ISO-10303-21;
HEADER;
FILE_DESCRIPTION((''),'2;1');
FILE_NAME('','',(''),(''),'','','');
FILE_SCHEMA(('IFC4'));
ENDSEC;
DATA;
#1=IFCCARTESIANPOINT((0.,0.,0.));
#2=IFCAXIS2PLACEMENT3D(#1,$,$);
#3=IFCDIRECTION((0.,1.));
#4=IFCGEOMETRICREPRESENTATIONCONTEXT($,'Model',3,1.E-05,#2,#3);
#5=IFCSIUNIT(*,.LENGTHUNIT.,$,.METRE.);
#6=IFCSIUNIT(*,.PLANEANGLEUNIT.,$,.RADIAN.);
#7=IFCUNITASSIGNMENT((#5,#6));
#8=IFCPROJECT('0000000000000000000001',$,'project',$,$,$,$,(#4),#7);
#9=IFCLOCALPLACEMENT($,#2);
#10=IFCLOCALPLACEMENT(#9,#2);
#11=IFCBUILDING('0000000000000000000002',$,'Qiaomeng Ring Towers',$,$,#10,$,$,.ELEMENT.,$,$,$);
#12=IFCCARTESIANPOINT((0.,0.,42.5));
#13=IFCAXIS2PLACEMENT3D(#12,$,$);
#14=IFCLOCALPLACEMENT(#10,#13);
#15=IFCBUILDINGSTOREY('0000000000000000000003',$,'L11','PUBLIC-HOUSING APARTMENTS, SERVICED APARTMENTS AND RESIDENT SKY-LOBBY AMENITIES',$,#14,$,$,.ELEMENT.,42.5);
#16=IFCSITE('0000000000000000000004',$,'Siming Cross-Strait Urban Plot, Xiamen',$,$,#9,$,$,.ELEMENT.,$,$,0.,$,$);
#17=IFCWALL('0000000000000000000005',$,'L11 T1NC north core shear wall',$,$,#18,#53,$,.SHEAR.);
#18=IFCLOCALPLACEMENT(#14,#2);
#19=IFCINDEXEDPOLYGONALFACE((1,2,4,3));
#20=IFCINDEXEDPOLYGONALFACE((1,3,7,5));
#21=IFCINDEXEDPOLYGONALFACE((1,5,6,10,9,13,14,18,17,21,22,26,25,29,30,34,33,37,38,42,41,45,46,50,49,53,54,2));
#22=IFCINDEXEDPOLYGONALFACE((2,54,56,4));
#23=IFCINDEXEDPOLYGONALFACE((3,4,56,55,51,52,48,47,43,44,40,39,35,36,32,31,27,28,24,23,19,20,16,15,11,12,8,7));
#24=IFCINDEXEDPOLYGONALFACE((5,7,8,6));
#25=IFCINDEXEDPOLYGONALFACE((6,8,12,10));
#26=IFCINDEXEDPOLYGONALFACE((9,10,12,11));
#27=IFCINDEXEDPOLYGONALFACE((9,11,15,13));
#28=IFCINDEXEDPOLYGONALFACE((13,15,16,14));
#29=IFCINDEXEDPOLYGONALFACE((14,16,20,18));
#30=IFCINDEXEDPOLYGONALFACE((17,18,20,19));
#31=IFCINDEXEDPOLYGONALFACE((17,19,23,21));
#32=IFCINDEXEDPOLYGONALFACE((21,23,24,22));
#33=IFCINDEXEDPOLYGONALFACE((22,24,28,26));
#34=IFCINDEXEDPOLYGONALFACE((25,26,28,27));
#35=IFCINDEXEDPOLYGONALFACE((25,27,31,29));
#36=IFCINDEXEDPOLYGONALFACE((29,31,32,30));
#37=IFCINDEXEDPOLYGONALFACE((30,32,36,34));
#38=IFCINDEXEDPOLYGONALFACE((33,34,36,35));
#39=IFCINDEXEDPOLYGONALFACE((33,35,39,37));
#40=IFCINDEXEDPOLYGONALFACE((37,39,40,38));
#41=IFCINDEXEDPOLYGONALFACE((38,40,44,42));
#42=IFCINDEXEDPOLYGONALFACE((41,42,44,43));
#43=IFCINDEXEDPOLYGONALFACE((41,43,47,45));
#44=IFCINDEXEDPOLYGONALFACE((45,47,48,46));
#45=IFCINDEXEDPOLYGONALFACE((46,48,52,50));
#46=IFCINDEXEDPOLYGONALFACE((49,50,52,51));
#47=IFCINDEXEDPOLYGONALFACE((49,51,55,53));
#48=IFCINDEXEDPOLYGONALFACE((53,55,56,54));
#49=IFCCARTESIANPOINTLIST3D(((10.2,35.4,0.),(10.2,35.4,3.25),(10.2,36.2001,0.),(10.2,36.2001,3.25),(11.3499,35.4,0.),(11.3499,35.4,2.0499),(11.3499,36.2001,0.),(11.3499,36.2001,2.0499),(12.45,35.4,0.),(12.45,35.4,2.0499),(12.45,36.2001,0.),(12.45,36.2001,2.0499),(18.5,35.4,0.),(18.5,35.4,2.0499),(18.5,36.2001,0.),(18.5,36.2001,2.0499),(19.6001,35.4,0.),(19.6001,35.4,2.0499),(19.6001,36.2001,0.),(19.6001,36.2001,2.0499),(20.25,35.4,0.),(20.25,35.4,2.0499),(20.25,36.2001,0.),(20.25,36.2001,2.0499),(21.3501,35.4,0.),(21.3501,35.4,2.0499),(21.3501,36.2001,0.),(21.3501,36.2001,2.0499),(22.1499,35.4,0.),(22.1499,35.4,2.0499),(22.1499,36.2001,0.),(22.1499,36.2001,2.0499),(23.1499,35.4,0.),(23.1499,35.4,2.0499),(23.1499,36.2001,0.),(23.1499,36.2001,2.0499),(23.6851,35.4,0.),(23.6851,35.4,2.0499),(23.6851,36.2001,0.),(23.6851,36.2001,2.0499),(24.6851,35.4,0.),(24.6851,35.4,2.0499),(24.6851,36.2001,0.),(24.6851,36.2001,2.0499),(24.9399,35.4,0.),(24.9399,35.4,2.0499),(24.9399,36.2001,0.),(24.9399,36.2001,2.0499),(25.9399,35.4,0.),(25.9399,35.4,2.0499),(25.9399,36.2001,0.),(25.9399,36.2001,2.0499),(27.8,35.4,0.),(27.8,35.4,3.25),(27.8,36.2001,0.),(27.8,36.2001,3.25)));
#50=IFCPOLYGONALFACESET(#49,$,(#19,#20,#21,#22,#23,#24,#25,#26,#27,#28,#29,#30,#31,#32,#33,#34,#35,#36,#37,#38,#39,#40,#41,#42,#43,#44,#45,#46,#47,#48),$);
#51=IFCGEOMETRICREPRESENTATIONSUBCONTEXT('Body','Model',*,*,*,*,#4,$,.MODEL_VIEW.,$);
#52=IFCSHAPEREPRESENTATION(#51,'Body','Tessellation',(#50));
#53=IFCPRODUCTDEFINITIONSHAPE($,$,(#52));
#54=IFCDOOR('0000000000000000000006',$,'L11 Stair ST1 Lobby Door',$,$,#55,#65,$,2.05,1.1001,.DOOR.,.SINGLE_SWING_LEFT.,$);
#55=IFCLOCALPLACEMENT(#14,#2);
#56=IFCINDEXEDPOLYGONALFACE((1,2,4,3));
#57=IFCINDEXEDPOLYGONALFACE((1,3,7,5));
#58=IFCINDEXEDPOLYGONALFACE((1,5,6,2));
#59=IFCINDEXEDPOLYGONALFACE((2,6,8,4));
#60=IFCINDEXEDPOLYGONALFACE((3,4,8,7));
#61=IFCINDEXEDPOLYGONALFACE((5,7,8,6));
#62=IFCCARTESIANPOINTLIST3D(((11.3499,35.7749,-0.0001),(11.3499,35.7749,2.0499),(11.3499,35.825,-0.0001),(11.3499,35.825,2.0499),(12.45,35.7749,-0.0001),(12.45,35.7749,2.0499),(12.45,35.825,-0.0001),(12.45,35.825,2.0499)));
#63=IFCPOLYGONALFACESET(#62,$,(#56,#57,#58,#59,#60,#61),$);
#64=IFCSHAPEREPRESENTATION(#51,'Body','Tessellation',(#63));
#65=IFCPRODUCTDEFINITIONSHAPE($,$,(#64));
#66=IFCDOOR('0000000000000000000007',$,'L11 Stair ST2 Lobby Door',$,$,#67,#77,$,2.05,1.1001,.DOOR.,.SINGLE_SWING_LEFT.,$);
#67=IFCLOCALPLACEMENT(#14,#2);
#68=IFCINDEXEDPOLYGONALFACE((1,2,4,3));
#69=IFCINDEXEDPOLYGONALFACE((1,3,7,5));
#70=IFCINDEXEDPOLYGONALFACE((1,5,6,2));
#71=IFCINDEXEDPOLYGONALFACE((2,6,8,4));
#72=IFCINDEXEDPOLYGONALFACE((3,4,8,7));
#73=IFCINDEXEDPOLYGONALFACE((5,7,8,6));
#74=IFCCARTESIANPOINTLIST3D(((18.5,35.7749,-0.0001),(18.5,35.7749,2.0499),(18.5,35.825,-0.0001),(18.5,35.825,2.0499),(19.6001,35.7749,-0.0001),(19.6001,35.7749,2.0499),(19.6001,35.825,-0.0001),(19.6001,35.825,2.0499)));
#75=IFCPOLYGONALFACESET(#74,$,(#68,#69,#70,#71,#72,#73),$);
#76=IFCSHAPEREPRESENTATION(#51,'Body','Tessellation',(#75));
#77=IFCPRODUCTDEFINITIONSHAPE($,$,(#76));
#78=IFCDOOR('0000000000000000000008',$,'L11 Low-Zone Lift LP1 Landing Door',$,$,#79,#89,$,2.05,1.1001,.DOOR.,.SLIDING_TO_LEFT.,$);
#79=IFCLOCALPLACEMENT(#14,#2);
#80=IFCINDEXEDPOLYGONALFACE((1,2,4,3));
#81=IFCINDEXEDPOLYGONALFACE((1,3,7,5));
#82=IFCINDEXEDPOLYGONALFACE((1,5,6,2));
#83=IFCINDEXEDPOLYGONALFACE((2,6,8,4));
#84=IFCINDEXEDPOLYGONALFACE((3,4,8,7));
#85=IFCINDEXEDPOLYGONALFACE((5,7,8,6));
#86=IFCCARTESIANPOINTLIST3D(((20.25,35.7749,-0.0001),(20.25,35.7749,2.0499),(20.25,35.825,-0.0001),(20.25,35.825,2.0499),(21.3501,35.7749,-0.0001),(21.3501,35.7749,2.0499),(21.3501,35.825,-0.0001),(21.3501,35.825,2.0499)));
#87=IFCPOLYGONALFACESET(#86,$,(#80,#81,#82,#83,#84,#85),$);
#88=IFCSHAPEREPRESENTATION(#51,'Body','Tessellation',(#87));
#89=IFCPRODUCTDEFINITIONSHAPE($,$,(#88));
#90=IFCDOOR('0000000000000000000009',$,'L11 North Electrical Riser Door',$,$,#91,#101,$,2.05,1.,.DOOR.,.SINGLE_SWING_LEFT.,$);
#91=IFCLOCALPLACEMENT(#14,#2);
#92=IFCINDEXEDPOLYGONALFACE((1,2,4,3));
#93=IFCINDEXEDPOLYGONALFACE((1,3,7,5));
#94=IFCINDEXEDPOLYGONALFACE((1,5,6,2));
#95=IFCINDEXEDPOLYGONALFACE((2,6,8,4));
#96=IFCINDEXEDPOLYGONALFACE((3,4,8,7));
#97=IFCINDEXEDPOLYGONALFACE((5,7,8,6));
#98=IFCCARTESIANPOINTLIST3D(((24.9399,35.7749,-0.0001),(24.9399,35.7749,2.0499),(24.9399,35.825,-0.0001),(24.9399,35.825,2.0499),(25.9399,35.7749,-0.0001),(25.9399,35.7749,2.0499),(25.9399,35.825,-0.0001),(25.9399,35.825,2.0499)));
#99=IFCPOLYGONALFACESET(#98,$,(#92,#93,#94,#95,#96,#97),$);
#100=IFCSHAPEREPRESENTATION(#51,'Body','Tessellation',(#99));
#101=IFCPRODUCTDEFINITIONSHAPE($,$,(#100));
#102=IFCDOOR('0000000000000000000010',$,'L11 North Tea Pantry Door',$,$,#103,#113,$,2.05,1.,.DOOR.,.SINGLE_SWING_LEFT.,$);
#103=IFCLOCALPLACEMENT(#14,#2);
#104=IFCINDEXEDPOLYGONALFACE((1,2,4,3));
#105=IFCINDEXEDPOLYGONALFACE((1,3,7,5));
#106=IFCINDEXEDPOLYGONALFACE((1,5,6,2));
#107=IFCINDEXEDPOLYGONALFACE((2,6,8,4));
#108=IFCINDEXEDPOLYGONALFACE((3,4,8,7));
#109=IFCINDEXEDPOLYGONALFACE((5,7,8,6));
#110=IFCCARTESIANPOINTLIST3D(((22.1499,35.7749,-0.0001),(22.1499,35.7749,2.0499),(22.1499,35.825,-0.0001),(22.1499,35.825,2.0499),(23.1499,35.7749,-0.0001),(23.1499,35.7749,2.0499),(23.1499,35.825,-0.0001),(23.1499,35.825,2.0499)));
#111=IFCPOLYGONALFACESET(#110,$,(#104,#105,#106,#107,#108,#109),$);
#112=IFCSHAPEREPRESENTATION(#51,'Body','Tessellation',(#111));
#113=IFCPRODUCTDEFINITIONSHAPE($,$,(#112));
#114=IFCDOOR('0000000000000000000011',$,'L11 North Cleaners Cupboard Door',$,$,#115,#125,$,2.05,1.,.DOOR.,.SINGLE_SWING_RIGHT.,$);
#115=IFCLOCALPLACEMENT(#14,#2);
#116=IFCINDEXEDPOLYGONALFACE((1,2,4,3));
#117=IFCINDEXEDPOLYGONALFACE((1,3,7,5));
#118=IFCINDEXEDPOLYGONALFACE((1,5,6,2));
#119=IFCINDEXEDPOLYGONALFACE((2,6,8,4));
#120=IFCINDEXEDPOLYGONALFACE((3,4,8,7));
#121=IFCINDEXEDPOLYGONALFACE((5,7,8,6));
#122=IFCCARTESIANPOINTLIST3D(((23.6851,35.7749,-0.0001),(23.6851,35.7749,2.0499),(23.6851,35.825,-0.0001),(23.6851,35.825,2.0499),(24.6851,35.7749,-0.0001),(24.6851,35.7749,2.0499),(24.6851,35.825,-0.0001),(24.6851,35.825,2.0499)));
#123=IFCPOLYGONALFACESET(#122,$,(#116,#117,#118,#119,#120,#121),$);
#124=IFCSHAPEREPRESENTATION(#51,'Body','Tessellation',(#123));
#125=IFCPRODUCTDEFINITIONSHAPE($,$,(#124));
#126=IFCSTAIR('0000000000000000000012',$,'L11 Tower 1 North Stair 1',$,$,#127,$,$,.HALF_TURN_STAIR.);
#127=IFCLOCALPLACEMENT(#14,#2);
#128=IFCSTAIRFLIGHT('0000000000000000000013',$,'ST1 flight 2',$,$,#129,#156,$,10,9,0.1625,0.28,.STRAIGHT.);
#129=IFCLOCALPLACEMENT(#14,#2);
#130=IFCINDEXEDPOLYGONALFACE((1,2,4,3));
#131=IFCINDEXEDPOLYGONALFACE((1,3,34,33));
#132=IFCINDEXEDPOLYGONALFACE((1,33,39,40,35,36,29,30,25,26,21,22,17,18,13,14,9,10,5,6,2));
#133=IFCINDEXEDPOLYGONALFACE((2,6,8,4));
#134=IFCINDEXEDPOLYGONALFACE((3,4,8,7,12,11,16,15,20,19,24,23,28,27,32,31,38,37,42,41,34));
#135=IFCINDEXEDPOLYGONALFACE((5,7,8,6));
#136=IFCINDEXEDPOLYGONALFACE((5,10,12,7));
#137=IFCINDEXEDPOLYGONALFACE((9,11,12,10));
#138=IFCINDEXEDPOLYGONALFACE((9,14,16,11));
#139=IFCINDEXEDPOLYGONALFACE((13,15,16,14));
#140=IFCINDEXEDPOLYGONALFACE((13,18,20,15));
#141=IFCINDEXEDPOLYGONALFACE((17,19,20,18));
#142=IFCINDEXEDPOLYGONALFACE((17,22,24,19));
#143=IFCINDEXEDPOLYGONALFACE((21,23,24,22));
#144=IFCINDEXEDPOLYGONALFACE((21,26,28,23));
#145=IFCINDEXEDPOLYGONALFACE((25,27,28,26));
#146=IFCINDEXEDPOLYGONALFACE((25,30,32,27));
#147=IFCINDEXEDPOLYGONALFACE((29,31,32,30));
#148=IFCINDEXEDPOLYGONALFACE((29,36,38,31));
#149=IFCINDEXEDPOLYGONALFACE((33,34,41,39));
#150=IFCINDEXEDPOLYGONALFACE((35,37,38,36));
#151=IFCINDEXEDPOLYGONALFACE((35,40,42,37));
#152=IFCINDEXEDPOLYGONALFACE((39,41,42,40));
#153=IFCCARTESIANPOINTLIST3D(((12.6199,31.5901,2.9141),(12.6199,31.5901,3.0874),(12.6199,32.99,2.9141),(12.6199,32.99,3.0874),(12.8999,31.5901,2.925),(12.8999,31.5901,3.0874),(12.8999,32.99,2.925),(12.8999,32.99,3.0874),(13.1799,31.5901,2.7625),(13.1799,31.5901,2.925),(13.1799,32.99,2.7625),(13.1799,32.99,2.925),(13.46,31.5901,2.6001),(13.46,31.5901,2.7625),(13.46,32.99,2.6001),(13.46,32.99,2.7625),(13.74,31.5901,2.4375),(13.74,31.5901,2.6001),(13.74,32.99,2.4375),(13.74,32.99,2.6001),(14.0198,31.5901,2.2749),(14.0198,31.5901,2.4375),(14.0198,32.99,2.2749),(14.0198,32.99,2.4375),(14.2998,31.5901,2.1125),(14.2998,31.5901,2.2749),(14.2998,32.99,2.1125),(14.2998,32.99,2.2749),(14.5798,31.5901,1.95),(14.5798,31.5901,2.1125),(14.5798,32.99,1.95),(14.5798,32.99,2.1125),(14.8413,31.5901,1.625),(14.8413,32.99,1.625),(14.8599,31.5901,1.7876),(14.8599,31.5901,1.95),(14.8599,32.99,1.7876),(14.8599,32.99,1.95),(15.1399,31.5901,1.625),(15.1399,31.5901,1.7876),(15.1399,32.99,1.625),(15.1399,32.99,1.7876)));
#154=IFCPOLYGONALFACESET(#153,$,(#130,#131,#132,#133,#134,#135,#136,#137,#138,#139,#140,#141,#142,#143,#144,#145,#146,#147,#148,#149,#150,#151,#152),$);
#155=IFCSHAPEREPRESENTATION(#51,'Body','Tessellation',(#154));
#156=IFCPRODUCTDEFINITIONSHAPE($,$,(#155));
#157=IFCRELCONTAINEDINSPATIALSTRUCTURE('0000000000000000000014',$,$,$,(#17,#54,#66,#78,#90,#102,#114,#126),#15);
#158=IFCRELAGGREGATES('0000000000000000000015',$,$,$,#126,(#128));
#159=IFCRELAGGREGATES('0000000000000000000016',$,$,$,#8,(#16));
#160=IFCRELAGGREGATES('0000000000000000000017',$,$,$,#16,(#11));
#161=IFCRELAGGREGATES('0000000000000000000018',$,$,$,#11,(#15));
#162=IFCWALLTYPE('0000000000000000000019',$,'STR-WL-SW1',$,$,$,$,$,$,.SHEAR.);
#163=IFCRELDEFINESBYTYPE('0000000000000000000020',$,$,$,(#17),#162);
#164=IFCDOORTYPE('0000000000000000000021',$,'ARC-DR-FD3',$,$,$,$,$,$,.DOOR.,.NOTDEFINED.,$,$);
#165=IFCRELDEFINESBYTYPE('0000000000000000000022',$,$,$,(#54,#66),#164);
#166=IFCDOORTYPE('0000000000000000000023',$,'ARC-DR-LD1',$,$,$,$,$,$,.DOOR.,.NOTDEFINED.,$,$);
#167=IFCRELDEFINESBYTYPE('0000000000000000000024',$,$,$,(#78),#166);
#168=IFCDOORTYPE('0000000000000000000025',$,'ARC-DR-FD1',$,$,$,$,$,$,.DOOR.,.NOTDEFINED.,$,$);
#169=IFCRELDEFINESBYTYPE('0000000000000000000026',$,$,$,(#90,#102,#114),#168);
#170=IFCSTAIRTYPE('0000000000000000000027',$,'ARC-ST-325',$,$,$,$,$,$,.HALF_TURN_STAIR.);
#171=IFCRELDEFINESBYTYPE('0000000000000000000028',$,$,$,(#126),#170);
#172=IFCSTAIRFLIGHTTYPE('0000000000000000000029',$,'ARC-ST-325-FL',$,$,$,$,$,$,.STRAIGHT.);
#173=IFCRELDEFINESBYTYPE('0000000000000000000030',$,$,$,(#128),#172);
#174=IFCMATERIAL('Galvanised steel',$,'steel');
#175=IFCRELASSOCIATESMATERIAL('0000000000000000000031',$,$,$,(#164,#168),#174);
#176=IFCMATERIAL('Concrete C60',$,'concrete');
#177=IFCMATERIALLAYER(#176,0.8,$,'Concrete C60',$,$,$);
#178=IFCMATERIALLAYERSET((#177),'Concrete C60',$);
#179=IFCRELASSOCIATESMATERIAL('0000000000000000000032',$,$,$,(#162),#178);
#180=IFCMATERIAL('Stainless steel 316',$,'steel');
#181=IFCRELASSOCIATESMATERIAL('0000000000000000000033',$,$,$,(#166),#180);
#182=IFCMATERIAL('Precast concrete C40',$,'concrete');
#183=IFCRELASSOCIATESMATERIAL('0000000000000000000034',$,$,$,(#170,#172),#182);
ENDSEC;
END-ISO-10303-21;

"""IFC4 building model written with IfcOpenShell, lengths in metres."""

from ifc_helpers import new_model, si_unit, direction, frame, frame_2d, origin, place, context, subcontext, project, spatial, polyline, rectangle, outline, extrude, source, transform, mapped, material, layer, layer_set, type_object, element, fill, aggregate, save


model = new_model("IFC4")

# Units and contexts
model_context = context("Model", 3, precision=1e-05, world=origin(), true_north=direction((0.0, 1.0)))
body_context = subcontext(model_context, "Body", "Model", "MODEL_VIEW")
ifc_project = project(units=[si_unit("LENGTHUNIT", "METRE"), si_unit("PLANEANGLEUNIT", "RADIAN")], contexts=[model_context])

# Site, building, storey
site_placement = place(None, origin())
site = spatial("IfcSite", under=ifc_project, at=site_placement, Name="Siming Cross-Strait Urban Plot, Xiamen", CompositionType="ELEMENT", RefElevation=0.0)
building_placement = place(site_placement, origin())
building = spatial("IfcBuilding", under=site, at=building_placement, Name="Qiaomeng Ring Towers", CompositionType="ELEMENT")
storey_placement = place(building_placement, frame((0.0, 0.0, 42.5)))
storey = spatial("IfcBuildingStorey", under=building, at=storey_placement, Name="L11", Description="PUBLIC-HOUSING APARTMENTS, SERVICED APARTMENTS AND RESIDENT SKY-LOBBY AMENITIES", CompositionType="ELEMENT", Elevation=42.5)

# Shared definitions
shared_shape_1 = source(origin(), body_context, "Body", "SweptSolid", [
    extrude(rectangle(XDim=1.0, YDim=2.05, at=frame_2d((0.5, 1.0249))), frame((0.0, 0.0249, 0.0), z_axis=(0.0, -1.0, 0.0), x_axis=(1.0, 0.0, 0.0)), (0.0, 0.0, 1.0), 0.05),
])

# Shared definitions
ifc_material_1 = material(Name="Galvanised steel", Category="steel")
door_type_1 = type_object("IfcDoorType", Name="ARC-DR-FD3", OperationType="NOTDEFINED", PredefinedType="DOOR", material=ifc_material_1)
shared_shape_2 = source(origin(), body_context, "Body", "SweptSolid", [
    extrude(rectangle(XDim=1.1001, YDim=2.05, at=frame_2d((0.55, 1.0249))), frame((0.0, 0.0249, 0.0), z_axis=(0.0, -1.0, 0.0), x_axis=(1.0, 0.0, 0.0)), (0.0, 0.0, 1.0), 0.05),
])

# Wall, openings, doors
ifc_material_2 = material(Name="Concrete C60", Category="concrete")
ifc_layer_1 = layer(ifc_material_2, 0.8, Name="Concrete C60")
ifc_layer_set_1 = layer_set([ifc_layer_1], Name="Concrete C60")
wall_type_1 = type_object("IfcWallType", Name="STR-WL-SW1", PredefinedType="SHEAR", material=ifc_layer_set_1)
wall_1_placement = place(storey_placement, frame((10.2, 35.8, 0.0), z_axis=(0.0, 0.0, 1.0), x_axis=(1.0, 0.0, 0.0)))
wall_1 = element("IfcWall", 1, at=wall_1_placement, inside=storey, type_object=wall_type_1, Name="L11 T1NC north core shear wall", PredefinedType="SHEAR", context=body_context, shape_type="SweptSolid", body=[
    extrude(rectangle(XDim=17.6001, YDim=0.8, at=frame_2d((8.8, 0.0))), origin(), (0.0, 0.0, 1.0), 3.25),
])
opening_1_placement = place(wall_1_placement, frame((1.1499, 0.0, 0.0)))
opening_1 = element("IfcOpeningElement", 2, at=opening_1_placement, cuts=wall_1, PredefinedType="OPENING", context=body_context, shape_type="SweptSolid", body=[
    extrude(rectangle(XDim=1.1001, YDim=2.05, at=frame_2d((0.55, 1.0249))), frame((0.0, 0.4099, 0.0), z_axis=(0.0, -1.0, 0.0), x_axis=(1.0, 0.0, 0.0)), (0.0, 0.0, 1.0), 0.8201),
])
opening_2_placement = place(wall_1_placement, frame((8.3, 0.0, 0.0)))
opening_2 = element("IfcOpeningElement", 3, at=opening_2_placement, cuts=wall_1, PredefinedType="OPENING", context=body_context, shape_type="SweptSolid", body=[
    extrude(rectangle(XDim=1.1001, YDim=2.05, at=frame_2d((0.55, 1.0249))), frame((0.0, 0.4099, 0.0), z_axis=(0.0, -1.0, 0.0), x_axis=(1.0, 0.0, 0.0)), (0.0, 0.0, 1.0), 0.8201),
])
opening_3_placement = place(wall_1_placement, frame((10.05, 0.0, 0.0)))
opening_3 = element("IfcOpeningElement", 4, at=opening_3_placement, cuts=wall_1, PredefinedType="OPENING", context=body_context, shape_type="SweptSolid", body=[
    extrude(rectangle(XDim=1.1001, YDim=2.05, at=frame_2d((0.55, 1.0249))), frame((0.0, 0.4099, 0.0), z_axis=(0.0, -1.0, 0.0), x_axis=(1.0, 0.0, 0.0)), (0.0, 0.0, 1.0), 0.8201),
])
opening_4_placement = place(wall_1_placement, frame((14.74, 0.0, 0.0)))
opening_4 = element("IfcOpeningElement", 5, at=opening_4_placement, cuts=wall_1, PredefinedType="OPENING", context=body_context, shape_type="SweptSolid", body=[
    extrude(rectangle(XDim=1.0, YDim=2.05, at=frame_2d((0.5, 1.0249))), frame((0.0, 0.4099, 0.0), z_axis=(0.0, -1.0, 0.0), x_axis=(1.0, 0.0, 0.0)), (0.0, 0.0, 1.0), 0.8201),
])
opening_5_placement = place(wall_1_placement, frame((11.95, 0.0, 0.0)))
opening_5 = element("IfcOpeningElement", 6, at=opening_5_placement, cuts=wall_1, PredefinedType="OPENING", context=body_context, shape_type="SweptSolid", body=[
    extrude(rectangle(XDim=1.0, YDim=2.05, at=frame_2d((0.5, 1.0249))), frame((0.0, 0.4099, 0.0), z_axis=(0.0, -1.0, 0.0), x_axis=(1.0, 0.0, 0.0)), (0.0, 0.0, 1.0), 0.8201),
])
opening_6_placement = place(wall_1_placement, frame((13.4851, 0.0, 0.0)))
opening_6 = element("IfcOpeningElement", 7, at=opening_6_placement, cuts=wall_1, PredefinedType="OPENING", context=body_context, shape_type="SweptSolid", body=[
    extrude(rectangle(XDim=1.0, YDim=2.05, at=frame_2d((0.5, 1.0249))), frame((0.0, 0.4099, 0.0), z_axis=(0.0, -1.0, 0.0), x_axis=(1.0, 0.0, 0.0)), (0.0, 0.0, 1.0), 0.8201),
])
door_1_placement = place(opening_1_placement, origin())
door_1 = element("IfcDoor", 8, at=door_1_placement, inside=storey, type_object=door_type_1, Name="L11 Stair ST1 Lobby Door", OperationType="SINGLE_SWING_LEFT", OverallHeight=2.05, OverallWidth=1.1001, PredefinedType="DOOR", context=body_context, shape_type="MappedRepresentation", body=[
    mapped(shared_shape_2, transform((0.0, 0.0, 0.0), x_axis=(1.0, 0.0, 0.0), y_axis=(0.0, 1.0, 0.0), z_axis=(0.0, 0.0, 1.0), scale=1.0)),
])
fill(opening_1, door_1)
door_2_placement = place(opening_2_placement, origin())
door_2 = element("IfcDoor", 9, at=door_2_placement, inside=storey, type_object=door_type_1, Name="L11 Stair ST2 Lobby Door", OperationType="SINGLE_SWING_LEFT", OverallHeight=2.05, OverallWidth=1.1001, PredefinedType="DOOR", context=body_context, shape_type="MappedRepresentation", body=[
    mapped(shared_shape_2, transform((0.0, 0.0, 0.0), x_axis=(1.0, 0.0, 0.0), y_axis=(0.0, 1.0, 0.0), z_axis=(0.0, 0.0, 1.0), scale=1.0)),
])
fill(opening_2, door_2)
ifc_material_3 = material(Name="Stainless steel 316", Category="steel")
door_type_2 = type_object("IfcDoorType", Name="ARC-DR-LD1", OperationType="NOTDEFINED", PredefinedType="DOOR", material=ifc_material_3)
door_3_placement = place(opening_3_placement, origin())
door_3 = element("IfcDoor", 10, at=door_3_placement, inside=storey, type_object=door_type_2, Name="L11 Low-Zone Lift LP1 Landing Door", OperationType="SLIDING_TO_LEFT", OverallHeight=2.05, OverallWidth=1.1001, PredefinedType="DOOR", context=body_context, shape_type="MappedRepresentation", body=[
    mapped(shared_shape_2, transform((0.0, 0.0, 0.0), x_axis=(1.0, 0.0, 0.0), y_axis=(0.0, 1.0, 0.0), z_axis=(0.0, 0.0, 1.0), scale=1.0)),
])
fill(opening_3, door_3)
door_type_3 = type_object("IfcDoorType", Name="ARC-DR-FD1", OperationType="NOTDEFINED", PredefinedType="DOOR", material=ifc_material_1)
door_4_placement = place(opening_4_placement, origin())
door_4 = element("IfcDoor", 11, at=door_4_placement, inside=storey, type_object=door_type_3, Name="L11 North Electrical Riser Door", OperationType="SINGLE_SWING_LEFT", OverallHeight=2.05, OverallWidth=1.0, PredefinedType="DOOR", context=body_context, shape_type="MappedRepresentation", body=[
    mapped(shared_shape_1, transform((0.0, 0.0, 0.0), x_axis=(1.0, 0.0, 0.0), y_axis=(0.0, 1.0, 0.0), z_axis=(0.0, 0.0, 1.0), scale=1.0)),
])
fill(opening_4, door_4)
door_5_placement = place(opening_5_placement, origin())
door_5 = element("IfcDoor", 12, at=door_5_placement, inside=storey, type_object=door_type_3, Name="L11 North Tea Pantry Door", OperationType="SINGLE_SWING_LEFT", OverallHeight=2.05, OverallWidth=1.0, PredefinedType="DOOR", context=body_context, shape_type="MappedRepresentation", body=[
    mapped(shared_shape_1, transform((0.0, 0.0, 0.0), x_axis=(1.0, 0.0, 0.0), y_axis=(0.0, 1.0, 0.0), z_axis=(0.0, 0.0, 1.0), scale=1.0)),
])
fill(opening_5, door_5)
door_6_placement = place(opening_6_placement, origin())
door_6 = element("IfcDoor", 13, at=door_6_placement, inside=storey, type_object=door_type_3, Name="L11 North Cleaners Cupboard Door", OperationType="SINGLE_SWING_RIGHT", OverallHeight=2.05, OverallWidth=1.0, PredefinedType="DOOR", context=body_context, shape_type="MappedRepresentation", body=[
    mapped(shared_shape_1, transform((0.0, 0.0, 0.0), x_axis=(1.0, 0.0, 0.0), y_axis=(0.0, 1.0, 0.0), z_axis=(0.0, 0.0, 1.0), scale=1.0)),
])
fill(opening_6, door_6)

# Stair, stair flight
ifc_material_4 = material(Name="Precast concrete C40", Category="concrete")
stair_type = type_object("IfcStairType", Name="ARC-ST-325", PredefinedType="HALF_TURN_STAIR", material=ifc_material_4)
stair_placement = place(storey_placement, origin())
stair = element("IfcStair", 14, at=stair_placement, inside=storey, type_object=stair_type, Name="L11 Tower 1 North Stair 1", PredefinedType="HALF_TURN_STAIR")
stair_flight_type = type_object("IfcStairFlightType", Name="ARC-ST-325-FL", PredefinedType="STRAIGHT", material=ifc_material_4)
shared_shape_3 = source(origin(), body_context, "Body", "SweptSolid", [
    extrude(outline(polyline([(0.0, 0.0), (0.0, 0.1626), (0.28, 0.1626), (0.28, 0.325), (0.5601, 0.325), (0.5601, 0.4875), (0.8401, 0.4875), (0.8401, 0.6499), (1.1201, 0.6499), (1.1201, 0.8125), (1.3999, 0.8125), (1.3999, 0.9751), (1.6799, 0.9751), (1.6799, 1.1375), (1.96, 1.1375), (1.96, 1.3), (2.24, 1.3), (2.24, 1.4624), (2.52, 1.4624), (2.52, 1.625), (2.52, 1.2891), (0.2986, 0.0), (0.0, 0.0)])), frame((0.0, 0.7, 0.0), z_axis=(0.0, -1.0, 0.0), x_axis=(1.0, 0.0, 0.0)), (0.0, 0.0, 1.0), 1.3999),
])
stair_flight_placement = place(storey_placement, frame((15.1399, 32.29, 1.625), z_axis=(0.0, 0.0, 1.0), x_axis=(-1.0, 0.0, 0.0)))
stair_flight = element("IfcStairFlight", 15, at=stair_flight_placement, type_object=stair_flight_type, Name="ST1 flight 2", NumberOfRisers=10, NumberOfTreads=9, PredefinedType="STRAIGHT", RiserHeight=0.1625, TreadLength=0.28, context=body_context, shape_type="MappedRepresentation", body=[
    mapped(shared_shape_3, transform((0.0, 0.0, 0.0), x_axis=(1.0, 0.0, 0.0), y_axis=(0.0, 1.0, 0.0), z_axis=(0.0, 0.0, 1.0), scale=1.0)),
])
aggregate(stair, [stair_flight])

save(model, "model.ifc")
